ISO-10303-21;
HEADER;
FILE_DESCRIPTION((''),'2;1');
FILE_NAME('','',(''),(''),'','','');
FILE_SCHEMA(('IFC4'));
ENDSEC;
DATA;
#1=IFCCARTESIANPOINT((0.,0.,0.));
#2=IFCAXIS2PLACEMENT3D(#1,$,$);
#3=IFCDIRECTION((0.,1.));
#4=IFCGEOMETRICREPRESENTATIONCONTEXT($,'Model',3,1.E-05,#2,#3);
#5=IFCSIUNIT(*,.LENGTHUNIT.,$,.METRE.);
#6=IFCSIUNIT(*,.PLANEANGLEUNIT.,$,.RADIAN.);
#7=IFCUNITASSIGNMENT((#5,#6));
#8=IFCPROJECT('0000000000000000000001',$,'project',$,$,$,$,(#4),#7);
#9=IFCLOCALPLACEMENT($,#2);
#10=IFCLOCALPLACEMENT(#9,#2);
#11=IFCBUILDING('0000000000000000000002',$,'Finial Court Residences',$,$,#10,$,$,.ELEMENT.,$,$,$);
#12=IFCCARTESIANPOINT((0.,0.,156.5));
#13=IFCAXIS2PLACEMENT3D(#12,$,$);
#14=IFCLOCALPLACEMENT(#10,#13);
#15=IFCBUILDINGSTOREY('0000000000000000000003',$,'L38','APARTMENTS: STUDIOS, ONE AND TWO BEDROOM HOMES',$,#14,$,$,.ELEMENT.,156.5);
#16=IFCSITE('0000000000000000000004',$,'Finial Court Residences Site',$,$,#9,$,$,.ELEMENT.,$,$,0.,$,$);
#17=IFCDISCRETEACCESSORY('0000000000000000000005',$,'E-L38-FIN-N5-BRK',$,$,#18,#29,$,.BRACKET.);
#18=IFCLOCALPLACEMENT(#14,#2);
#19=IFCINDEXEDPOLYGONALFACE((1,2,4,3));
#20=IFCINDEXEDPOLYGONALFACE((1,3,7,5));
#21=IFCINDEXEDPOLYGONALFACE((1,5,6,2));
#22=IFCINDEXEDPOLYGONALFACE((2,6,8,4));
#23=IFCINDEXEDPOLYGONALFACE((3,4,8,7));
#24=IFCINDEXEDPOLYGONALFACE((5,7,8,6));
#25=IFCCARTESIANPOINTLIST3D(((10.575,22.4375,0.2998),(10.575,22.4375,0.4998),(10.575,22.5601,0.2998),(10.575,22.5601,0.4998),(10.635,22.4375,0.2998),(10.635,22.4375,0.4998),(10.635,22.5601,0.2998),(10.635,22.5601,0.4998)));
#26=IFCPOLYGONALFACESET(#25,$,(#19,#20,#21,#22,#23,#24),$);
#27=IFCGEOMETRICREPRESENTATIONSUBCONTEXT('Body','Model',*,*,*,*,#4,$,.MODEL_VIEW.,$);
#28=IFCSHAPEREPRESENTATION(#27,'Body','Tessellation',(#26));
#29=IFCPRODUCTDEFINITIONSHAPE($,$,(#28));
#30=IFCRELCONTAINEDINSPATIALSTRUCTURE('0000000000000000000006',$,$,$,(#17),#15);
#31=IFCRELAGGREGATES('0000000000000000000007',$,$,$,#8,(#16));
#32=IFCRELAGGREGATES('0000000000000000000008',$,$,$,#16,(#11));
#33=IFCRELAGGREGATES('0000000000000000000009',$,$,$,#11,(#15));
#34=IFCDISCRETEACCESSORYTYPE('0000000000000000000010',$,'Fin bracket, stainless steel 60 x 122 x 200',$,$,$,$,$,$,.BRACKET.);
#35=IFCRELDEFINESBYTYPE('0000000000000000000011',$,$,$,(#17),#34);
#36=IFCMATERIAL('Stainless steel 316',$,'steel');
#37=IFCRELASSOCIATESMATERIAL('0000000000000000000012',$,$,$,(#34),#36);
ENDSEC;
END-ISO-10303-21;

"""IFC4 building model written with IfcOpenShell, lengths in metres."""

from ifc_helpers import new_model, si_unit, direction, frame, origin, origin_2d, place, context, subcontext, project, spatial, rectangle, extrude, material, type_object, element, save


model = new_model("IFC4")

# Units and contexts
model_context = context("Model", 3, precision=1e-05, world=origin(), true_north=direction((0.0, 1.0)))
body_context = subcontext(model_context, "Body", "Model", "MODEL_VIEW")
ifc_project = project(units=[si_unit("LENGTHUNIT", "METRE"), si_unit("PLANEANGLEUNIT", "RADIAN")], contexts=[model_context])

# Site, building, storey
site_placement = place(None, origin())
site = spatial("IfcSite", under=ifc_project, at=site_placement, Name="Finial Court Residences Site", CompositionType="ELEMENT", RefElevation=0.0)
building_placement = place(site_placement, origin())
building = spatial("IfcBuilding", under=site, at=building_placement, Name="Finial Court Residences", CompositionType="ELEMENT")
storey_placement = place(building_placement, frame((0.0, 0.0, 156.5)))
storey = spatial("IfcBuildingStorey", under=building, at=storey_placement, Name="L38", Description="APARTMENTS: STUDIOS, ONE AND TWO BEDROOM HOMES", CompositionType="ELEMENT", Elevation=156.5)

# Discrete accessory
ifc_material_1 = material(Name="Stainless steel 316", Category="steel")
discrete_accessory_type = type_object("IfcDiscreteAccessoryType", Name="Fin bracket, stainless steel 60 x 122 x 200", PredefinedType="BRACKET", material=ifc_material_1)
discrete_accessory_placement = place(storey_placement, frame((10.605, 22.4988, 0.2998), z_axis=(0.0, 0.0, 1.0), x_axis=(1.0, 0.0, 0.0)))
element("IfcDiscreteAccessory", 1, at=discrete_accessory_placement, inside=storey, type_object=discrete_accessory_type, Name="E-L38-FIN-N5-BRK", PredefinedType="BRACKET", context=body_context, shape_type="SweptSolid", body=[
    extrude(rectangle(XDim=0.0601, YDim=0.1226, at=origin_2d()), origin(), (0.0, 0.0, 1.0), 0.2),
])

save(model, "model.ifc")
